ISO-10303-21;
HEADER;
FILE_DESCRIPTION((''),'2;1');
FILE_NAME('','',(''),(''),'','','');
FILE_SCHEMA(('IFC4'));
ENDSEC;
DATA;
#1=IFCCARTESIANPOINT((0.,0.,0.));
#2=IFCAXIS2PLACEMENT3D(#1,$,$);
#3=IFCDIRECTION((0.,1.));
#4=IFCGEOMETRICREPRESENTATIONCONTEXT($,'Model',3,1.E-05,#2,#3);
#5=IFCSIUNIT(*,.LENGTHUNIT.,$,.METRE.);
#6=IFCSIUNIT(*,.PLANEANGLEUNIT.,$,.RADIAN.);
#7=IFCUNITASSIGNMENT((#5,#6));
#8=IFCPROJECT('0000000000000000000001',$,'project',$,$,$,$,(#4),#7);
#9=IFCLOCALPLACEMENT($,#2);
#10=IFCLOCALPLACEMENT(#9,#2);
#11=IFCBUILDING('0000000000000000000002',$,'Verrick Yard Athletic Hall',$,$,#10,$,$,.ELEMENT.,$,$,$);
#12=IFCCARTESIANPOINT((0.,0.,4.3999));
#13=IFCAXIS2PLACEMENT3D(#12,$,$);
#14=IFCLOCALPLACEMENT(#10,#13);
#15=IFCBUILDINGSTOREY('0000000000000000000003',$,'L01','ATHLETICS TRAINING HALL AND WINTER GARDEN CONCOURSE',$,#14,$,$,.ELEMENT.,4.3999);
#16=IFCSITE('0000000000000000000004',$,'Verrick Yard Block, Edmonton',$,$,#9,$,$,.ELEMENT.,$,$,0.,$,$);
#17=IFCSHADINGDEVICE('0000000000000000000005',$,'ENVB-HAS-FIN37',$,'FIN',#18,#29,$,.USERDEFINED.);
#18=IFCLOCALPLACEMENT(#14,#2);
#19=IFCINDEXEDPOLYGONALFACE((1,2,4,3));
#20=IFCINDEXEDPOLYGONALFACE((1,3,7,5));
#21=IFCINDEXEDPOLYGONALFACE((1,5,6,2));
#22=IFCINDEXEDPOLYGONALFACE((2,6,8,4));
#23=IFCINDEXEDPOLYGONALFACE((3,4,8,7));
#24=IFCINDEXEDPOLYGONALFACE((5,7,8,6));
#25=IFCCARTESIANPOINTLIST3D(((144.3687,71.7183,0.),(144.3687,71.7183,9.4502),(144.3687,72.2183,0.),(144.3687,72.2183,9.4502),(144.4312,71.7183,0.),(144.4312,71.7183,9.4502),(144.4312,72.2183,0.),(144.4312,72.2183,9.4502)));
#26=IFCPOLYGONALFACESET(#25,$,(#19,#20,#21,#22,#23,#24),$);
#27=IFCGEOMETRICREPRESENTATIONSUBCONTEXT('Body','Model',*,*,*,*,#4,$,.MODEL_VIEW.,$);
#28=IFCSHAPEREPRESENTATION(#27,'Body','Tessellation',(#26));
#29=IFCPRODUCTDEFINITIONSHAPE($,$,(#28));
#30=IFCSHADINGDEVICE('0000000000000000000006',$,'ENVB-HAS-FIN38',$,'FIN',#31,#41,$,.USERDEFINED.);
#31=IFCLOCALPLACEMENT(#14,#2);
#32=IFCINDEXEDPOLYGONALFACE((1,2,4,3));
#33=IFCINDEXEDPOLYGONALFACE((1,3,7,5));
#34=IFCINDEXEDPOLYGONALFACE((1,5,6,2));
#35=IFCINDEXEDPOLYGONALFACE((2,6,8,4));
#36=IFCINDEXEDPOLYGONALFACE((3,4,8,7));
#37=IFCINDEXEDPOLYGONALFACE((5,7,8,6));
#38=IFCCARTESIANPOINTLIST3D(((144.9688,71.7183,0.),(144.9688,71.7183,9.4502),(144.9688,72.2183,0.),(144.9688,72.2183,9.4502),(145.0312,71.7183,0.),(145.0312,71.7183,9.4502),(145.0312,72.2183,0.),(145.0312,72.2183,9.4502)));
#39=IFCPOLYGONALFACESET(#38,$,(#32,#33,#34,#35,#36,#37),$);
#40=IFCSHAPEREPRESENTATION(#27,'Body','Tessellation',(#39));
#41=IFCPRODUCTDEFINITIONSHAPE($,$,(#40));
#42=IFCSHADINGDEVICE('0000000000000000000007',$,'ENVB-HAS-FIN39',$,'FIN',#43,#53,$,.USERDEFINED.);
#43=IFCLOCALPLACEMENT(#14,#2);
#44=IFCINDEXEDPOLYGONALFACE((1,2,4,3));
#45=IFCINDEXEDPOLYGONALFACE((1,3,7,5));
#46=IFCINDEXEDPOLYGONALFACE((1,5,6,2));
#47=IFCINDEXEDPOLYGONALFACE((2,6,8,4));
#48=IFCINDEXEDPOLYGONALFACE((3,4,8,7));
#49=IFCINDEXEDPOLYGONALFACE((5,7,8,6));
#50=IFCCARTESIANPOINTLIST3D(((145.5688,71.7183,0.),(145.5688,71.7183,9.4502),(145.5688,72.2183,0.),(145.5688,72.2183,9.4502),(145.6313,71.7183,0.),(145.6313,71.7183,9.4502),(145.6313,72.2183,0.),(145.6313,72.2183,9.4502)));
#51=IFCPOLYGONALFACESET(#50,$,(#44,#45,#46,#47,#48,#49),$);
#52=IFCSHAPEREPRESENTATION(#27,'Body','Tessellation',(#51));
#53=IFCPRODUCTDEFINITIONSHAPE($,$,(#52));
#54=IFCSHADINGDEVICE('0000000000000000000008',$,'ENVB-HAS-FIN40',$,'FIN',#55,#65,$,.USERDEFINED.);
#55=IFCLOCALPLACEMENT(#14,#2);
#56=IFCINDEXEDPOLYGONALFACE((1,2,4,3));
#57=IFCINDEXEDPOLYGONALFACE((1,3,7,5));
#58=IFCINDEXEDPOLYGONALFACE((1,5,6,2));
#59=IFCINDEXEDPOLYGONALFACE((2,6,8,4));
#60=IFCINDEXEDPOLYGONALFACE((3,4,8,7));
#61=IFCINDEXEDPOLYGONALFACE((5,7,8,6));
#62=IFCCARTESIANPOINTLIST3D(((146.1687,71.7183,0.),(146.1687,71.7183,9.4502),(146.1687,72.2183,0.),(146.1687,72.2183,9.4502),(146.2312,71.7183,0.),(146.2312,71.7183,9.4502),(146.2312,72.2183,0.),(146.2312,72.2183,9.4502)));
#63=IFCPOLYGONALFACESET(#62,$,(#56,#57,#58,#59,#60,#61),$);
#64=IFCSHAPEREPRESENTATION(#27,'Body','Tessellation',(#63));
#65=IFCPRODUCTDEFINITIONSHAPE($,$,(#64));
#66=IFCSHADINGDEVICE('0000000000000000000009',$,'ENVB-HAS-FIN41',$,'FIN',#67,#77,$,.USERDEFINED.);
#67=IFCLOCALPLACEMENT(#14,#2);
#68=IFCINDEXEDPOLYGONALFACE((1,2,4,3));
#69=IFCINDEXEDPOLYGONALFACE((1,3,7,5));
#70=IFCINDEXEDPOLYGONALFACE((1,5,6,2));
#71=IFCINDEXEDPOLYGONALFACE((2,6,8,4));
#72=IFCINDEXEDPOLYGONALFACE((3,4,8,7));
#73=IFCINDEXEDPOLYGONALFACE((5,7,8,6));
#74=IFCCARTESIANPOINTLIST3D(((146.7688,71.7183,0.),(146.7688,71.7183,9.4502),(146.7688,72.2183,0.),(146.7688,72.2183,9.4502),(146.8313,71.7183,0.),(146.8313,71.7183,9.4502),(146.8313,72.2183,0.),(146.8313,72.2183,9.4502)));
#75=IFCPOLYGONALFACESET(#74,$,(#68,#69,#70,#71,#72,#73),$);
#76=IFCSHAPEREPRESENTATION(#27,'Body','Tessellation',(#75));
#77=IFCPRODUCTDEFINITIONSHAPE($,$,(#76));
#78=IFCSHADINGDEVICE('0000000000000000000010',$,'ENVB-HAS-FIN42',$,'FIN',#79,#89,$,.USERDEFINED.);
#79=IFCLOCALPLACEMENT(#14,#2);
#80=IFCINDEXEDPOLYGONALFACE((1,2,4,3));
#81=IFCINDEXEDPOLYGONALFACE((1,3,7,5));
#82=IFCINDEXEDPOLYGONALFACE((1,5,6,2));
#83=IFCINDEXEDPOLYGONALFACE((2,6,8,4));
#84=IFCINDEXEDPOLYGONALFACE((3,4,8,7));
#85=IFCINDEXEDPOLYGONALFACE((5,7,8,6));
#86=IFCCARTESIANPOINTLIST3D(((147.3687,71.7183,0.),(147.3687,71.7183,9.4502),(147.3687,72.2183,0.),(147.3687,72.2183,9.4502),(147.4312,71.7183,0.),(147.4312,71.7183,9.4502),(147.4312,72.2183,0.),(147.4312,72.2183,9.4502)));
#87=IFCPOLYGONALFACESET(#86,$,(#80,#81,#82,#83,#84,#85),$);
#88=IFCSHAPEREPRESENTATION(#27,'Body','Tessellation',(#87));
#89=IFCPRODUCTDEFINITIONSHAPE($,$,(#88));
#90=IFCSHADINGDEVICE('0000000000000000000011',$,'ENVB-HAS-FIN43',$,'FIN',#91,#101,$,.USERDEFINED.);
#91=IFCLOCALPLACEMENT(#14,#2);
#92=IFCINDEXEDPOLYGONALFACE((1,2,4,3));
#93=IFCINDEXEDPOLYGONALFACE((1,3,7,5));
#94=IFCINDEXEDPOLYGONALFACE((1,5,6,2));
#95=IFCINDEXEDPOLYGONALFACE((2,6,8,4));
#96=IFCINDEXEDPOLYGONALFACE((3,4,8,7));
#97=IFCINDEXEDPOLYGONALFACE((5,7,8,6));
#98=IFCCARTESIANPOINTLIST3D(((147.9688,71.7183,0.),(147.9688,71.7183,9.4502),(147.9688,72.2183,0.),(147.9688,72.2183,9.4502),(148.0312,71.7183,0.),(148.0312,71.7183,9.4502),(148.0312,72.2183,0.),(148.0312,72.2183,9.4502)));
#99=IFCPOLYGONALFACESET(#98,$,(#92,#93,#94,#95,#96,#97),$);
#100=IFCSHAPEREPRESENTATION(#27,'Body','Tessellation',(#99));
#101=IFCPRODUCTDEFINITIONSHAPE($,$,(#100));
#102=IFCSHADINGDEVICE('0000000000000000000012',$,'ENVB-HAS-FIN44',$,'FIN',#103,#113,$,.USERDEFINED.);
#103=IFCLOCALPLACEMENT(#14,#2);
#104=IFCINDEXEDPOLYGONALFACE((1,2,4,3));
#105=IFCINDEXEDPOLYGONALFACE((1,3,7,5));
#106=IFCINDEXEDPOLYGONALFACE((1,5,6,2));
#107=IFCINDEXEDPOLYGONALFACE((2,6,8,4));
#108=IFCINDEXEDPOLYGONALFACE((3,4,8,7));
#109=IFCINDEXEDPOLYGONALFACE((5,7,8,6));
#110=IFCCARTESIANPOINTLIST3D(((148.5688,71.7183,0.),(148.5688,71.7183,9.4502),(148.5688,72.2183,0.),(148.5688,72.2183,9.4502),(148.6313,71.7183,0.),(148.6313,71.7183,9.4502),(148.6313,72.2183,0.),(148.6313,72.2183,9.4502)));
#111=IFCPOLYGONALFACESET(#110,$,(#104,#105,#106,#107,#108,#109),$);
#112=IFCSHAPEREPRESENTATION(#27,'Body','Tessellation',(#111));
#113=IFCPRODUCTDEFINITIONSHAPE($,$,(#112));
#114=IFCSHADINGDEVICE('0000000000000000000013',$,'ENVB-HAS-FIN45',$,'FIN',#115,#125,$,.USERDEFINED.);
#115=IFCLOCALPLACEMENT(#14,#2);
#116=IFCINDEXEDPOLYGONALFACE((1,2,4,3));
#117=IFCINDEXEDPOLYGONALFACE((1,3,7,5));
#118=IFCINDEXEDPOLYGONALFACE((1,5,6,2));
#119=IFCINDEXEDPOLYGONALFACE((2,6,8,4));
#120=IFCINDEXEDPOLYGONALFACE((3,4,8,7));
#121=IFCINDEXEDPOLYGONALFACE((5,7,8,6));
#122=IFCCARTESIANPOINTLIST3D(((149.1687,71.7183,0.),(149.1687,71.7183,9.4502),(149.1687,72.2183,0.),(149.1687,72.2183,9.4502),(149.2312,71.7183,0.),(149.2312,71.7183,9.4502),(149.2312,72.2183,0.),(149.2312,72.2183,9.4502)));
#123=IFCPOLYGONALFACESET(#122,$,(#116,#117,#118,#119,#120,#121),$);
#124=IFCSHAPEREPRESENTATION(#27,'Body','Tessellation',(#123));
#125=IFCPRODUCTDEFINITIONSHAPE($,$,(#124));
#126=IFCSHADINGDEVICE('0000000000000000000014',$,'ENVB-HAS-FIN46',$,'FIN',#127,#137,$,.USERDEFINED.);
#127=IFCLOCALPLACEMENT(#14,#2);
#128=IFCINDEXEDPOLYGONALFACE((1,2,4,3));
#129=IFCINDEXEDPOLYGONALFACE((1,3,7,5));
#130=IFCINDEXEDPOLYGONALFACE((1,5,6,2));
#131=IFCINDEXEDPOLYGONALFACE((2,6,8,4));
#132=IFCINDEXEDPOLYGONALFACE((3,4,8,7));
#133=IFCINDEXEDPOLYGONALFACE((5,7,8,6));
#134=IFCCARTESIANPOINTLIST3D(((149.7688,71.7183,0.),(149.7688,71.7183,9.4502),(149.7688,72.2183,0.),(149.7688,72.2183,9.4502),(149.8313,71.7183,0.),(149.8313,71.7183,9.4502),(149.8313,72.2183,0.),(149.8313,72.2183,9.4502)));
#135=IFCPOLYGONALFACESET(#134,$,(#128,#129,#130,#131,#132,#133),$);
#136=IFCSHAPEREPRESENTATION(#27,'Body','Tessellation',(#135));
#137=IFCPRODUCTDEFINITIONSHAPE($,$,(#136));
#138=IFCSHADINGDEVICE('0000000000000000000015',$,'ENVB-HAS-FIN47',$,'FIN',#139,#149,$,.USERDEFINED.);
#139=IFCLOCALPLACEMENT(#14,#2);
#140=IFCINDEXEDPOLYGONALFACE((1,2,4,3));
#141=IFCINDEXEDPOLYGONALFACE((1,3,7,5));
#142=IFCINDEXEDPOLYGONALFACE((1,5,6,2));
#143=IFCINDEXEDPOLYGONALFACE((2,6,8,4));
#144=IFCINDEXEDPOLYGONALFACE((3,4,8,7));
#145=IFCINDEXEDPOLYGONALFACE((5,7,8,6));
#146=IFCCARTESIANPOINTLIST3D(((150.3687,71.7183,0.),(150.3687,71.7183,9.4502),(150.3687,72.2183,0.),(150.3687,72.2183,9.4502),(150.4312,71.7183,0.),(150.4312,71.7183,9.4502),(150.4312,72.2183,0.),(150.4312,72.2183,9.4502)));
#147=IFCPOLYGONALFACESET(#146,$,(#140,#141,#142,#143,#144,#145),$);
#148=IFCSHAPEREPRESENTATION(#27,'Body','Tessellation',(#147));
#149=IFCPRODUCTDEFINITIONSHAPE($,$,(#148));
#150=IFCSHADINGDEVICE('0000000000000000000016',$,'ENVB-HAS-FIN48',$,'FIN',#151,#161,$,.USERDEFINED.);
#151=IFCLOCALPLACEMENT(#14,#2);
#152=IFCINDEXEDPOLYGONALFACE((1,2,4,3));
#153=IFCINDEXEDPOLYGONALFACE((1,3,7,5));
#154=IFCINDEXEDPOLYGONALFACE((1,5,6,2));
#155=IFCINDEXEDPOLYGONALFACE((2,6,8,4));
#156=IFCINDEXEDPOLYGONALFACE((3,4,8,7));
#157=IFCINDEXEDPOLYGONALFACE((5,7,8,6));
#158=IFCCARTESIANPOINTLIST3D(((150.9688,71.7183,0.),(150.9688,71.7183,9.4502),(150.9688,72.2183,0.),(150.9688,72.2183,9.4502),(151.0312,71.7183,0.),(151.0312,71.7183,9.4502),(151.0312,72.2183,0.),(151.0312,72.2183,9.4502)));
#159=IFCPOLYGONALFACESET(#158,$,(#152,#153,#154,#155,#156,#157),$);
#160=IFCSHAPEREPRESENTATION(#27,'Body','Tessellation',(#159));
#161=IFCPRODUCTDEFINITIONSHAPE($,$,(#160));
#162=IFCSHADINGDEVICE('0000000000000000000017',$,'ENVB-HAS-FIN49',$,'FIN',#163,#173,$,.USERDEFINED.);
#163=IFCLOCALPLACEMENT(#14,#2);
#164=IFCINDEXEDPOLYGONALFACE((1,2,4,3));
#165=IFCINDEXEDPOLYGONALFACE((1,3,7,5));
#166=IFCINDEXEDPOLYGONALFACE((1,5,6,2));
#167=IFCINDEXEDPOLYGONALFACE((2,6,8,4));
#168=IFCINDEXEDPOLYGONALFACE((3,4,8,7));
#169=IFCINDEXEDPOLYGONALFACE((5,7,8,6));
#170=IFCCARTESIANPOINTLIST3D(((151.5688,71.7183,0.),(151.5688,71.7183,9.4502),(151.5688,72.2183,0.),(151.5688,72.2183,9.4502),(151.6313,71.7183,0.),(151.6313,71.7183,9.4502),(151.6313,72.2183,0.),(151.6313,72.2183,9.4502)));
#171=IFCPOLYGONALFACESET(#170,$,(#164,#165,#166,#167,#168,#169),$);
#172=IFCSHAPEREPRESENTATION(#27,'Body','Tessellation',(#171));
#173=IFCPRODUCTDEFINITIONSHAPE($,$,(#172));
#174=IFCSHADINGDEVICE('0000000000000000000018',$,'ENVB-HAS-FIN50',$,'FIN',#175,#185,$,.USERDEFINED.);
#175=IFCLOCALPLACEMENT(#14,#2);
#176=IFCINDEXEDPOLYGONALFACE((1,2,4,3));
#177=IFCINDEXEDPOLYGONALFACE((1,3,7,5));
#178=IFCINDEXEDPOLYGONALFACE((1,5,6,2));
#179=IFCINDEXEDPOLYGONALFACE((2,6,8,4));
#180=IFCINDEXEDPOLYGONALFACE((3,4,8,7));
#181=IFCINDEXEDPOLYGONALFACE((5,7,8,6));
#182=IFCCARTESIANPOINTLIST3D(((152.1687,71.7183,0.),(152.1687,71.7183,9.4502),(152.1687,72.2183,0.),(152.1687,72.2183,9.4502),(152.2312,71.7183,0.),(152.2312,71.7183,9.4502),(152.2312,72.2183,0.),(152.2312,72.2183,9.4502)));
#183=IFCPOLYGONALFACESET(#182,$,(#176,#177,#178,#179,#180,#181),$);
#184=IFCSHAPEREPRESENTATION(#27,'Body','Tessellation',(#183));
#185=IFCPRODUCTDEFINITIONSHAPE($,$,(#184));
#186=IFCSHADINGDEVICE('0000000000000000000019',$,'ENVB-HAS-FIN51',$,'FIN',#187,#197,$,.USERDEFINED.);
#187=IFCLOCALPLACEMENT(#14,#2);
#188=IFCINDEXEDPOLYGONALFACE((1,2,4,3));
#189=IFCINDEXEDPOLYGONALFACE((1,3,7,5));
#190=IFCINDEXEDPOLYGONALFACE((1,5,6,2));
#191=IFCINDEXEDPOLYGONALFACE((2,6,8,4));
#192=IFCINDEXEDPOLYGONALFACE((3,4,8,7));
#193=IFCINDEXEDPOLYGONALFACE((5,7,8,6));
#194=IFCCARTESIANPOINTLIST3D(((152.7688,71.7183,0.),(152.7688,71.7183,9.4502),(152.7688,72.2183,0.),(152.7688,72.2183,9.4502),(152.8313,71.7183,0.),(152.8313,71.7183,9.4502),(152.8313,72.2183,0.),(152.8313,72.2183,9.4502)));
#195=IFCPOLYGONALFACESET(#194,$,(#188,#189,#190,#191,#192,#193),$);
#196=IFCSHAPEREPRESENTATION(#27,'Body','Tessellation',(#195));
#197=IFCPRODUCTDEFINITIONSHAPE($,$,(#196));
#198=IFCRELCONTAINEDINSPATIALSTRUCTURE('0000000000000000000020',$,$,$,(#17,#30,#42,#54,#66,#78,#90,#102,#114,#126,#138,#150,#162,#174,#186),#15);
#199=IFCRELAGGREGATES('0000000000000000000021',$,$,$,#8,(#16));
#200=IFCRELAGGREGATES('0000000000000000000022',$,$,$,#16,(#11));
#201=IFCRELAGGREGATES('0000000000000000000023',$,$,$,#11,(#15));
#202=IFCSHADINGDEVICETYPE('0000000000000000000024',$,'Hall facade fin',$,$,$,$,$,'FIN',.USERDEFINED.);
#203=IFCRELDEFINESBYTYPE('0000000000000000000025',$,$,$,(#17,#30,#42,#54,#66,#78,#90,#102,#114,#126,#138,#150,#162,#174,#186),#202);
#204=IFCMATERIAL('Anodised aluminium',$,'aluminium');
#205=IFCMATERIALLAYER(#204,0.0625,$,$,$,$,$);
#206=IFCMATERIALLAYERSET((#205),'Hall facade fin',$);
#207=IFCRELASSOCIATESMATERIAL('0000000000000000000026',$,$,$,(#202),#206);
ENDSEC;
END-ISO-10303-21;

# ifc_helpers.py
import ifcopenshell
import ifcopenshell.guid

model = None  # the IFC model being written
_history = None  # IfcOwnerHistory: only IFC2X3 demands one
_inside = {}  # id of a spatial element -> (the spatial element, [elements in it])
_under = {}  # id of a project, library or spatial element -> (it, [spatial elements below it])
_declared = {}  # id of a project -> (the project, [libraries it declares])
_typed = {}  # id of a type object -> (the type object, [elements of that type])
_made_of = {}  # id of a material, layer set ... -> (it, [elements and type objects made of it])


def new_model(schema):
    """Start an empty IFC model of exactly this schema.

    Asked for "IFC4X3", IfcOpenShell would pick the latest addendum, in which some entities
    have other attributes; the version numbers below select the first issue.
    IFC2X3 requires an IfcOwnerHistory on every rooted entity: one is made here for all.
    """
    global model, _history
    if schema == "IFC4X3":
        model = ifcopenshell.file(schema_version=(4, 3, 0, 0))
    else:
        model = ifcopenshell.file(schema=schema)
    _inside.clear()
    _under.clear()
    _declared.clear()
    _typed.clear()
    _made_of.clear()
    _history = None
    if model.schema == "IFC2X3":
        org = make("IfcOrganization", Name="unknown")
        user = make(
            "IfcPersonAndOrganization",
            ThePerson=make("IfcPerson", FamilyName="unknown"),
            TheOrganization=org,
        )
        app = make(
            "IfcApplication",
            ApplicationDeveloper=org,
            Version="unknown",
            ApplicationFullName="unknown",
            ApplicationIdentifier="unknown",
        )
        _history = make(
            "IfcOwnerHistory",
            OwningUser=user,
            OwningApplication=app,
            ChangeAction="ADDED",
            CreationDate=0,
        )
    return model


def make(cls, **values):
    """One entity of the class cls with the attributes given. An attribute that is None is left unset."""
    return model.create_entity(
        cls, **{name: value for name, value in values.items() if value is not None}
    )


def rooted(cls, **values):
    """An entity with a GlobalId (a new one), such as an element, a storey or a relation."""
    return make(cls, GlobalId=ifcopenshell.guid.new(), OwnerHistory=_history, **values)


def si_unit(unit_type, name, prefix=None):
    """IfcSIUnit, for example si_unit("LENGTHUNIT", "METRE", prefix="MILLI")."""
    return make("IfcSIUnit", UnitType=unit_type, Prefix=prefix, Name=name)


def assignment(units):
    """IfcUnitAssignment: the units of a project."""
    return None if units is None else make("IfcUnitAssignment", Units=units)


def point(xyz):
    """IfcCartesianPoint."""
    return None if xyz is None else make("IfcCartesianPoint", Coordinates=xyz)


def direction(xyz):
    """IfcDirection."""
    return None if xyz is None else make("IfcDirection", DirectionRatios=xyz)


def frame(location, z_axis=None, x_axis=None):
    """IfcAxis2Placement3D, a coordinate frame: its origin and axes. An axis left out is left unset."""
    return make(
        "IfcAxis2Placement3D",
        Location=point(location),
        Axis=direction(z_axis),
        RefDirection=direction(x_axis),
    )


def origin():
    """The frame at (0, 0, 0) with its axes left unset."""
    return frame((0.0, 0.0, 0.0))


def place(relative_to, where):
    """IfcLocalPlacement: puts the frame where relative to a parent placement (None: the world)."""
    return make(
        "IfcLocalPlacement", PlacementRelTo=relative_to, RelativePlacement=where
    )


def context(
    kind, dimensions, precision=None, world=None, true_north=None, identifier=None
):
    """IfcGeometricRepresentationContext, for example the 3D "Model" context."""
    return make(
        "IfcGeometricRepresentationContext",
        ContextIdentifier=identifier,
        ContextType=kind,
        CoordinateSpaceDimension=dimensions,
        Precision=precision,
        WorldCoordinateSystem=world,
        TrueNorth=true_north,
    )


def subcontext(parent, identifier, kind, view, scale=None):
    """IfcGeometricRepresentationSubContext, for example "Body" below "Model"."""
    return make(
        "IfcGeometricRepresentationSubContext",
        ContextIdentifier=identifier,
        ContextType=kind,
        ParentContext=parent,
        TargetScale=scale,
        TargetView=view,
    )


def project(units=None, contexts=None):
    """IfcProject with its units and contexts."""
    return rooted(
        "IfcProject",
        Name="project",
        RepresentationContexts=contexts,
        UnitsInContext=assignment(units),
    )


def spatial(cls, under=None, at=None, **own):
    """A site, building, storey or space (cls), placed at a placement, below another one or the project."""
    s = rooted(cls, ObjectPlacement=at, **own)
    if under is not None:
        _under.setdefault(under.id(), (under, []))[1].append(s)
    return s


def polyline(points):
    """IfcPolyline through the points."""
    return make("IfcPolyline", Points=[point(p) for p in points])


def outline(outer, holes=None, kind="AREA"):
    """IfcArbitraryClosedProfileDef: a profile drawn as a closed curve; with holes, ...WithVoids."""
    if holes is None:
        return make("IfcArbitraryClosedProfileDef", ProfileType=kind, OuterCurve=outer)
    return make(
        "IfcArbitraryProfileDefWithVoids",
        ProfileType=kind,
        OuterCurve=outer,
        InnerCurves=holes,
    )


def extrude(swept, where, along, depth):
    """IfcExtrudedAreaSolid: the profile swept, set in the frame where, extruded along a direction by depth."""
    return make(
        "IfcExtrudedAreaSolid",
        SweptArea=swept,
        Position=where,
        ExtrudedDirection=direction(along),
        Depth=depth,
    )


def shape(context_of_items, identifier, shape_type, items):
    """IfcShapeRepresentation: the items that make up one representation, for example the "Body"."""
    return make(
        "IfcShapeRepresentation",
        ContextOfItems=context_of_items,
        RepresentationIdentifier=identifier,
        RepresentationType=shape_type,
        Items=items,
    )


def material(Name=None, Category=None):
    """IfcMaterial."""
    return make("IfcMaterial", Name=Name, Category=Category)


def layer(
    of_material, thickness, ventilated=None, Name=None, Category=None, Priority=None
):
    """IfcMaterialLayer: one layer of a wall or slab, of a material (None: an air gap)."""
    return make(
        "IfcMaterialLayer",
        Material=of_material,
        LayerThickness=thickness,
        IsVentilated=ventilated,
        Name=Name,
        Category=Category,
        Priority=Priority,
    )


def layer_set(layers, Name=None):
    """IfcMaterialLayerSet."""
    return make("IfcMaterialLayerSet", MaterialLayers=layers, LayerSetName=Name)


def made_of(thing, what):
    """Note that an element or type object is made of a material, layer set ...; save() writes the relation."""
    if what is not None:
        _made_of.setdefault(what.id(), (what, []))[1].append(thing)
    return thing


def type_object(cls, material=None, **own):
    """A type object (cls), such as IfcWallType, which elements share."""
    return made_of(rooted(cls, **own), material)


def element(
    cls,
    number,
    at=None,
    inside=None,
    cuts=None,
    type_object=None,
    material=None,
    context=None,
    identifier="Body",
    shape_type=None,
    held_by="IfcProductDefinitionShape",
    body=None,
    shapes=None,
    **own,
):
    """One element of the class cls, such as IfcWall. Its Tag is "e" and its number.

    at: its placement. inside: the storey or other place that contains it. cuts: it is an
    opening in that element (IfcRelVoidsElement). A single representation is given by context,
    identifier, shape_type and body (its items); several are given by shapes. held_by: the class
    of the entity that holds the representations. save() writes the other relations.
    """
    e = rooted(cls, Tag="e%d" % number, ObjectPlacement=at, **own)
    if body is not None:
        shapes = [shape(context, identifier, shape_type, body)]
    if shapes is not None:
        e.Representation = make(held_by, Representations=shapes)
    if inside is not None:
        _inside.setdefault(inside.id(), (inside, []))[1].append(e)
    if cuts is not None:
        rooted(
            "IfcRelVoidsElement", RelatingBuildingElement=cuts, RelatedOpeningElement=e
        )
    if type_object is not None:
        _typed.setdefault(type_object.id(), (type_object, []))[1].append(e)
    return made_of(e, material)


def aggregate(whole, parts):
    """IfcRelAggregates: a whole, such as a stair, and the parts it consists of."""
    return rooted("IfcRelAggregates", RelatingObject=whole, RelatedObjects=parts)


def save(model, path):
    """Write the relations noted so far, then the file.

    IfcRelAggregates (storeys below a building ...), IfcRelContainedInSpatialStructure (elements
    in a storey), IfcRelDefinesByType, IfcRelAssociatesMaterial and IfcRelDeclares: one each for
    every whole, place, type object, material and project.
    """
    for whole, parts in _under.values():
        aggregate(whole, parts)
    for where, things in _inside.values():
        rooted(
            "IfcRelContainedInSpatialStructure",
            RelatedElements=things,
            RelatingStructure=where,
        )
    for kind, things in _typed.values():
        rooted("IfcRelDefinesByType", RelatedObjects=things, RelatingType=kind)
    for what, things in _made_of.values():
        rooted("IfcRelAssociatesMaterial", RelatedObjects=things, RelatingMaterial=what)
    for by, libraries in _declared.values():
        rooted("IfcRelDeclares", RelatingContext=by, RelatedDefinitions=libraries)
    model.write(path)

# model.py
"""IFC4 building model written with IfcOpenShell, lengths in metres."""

from ifc_helpers import new_model, si_unit, direction, frame, origin, place, context, subcontext, project, spatial, polyline, outline, extrude, material, layer, layer_set, type_object, element, save


model = new_model("IFC4")

# Units and contexts
model_context = context("Model", 3, precision=1e-05, world=origin(), true_north=direction((0.0, 1.0)))
body_context = subcontext(model_context, "Body", "Model", "MODEL_VIEW")
ifc_project = project(units=[si_unit("LENGTHUNIT", "METRE"), si_unit("PLANEANGLEUNIT", "RADIAN")], contexts=[model_context])

# Site, building, storey
site_placement = place(None, origin())
site = spatial("IfcSite", under=ifc_project, at=site_placement, Name="Verrick Yard Block, Edmonton", CompositionType="ELEMENT", RefElevation=0.0)
building_placement = place(site_placement, origin())
building = spatial("IfcBuilding", under=site, at=building_placement, Name="Verrick Yard Athletic Hall", CompositionType="ELEMENT")
storey_placement = place(building_placement, frame((0.0, 0.0, 4.3999)))
storey = spatial("IfcBuildingStorey", under=building, at=storey_placement, Name="L01", Description="ATHLETICS TRAINING HALL AND WINTER GARDEN CONCOURSE", CompositionType="ELEMENT", Elevation=4.3999)

# Shading devices
ifc_material = material(Name="Anodised aluminium", Category="aluminium")
ifc_layer_1 = layer(ifc_material, 0.0625)
ifc_layer_set_1 = layer_set([ifc_layer_1], Name="Hall facade fin")
shading_device_type_1 = type_object("IfcShadingDeviceType", Name="Hall facade fin", ElementType="FIN", PredefinedType="USERDEFINED", material=ifc_layer_set_1)
for number, where, z_axis, x_axis, name in (
    (1, (144.3999, 71.7183, 0.0), (0.0, 0.0, 1.0), (0.0, 1.0, 0.0), "ENVB-HAS-FIN37"),
    (2, (145.0, 71.7183, 0.0), (0.0, 0.0, 1.0), (0.0, 1.0, 0.0), "ENVB-HAS-FIN38"),
    (3, (145.6001, 71.7183, 0.0), (0.0, 0.0, 1.0), (0.0, 1.0, 0.0), "ENVB-HAS-FIN39"),
    (4, (146.2, 71.7183, 0.0), (0.0, 0.0, 1.0), (0.0, 1.0, 0.0), "ENVB-HAS-FIN40"),
    (5, (146.8, 71.7183, 0.0), (0.0, 0.0, 1.0), (0.0, 1.0, 0.0), "ENVB-HAS-FIN41"),
    (6, (147.3999, 71.7183, 0.0), (0.0, 0.0, 1.0), (0.0, 1.0, 0.0), "ENVB-HAS-FIN42"),
    (7, (148.0, 71.7183, 0.0), (0.0, 0.0, 1.0), (0.0, 1.0, 0.0), "ENVB-HAS-FIN43"),
    (8, (148.6001, 71.7183, 0.0), (0.0, 0.0, 1.0), (0.0, 1.0, 0.0), "ENVB-HAS-FIN44"),
    (9, (149.2, 71.7183, 0.0), (0.0, 0.0, 1.0), (0.0, 1.0, 0.0), "ENVB-HAS-FIN45"),
    (10, (149.8, 71.7183, 0.0), (0.0, 0.0, 1.0), (0.0, 1.0, 0.0), "ENVB-HAS-FIN46"),
    (11, (150.3999, 71.7183, 0.0), (0.0, 0.0, 1.0), (0.0, 1.0, 0.0), "ENVB-HAS-FIN47"),
    (12, (151.0, 71.7183, 0.0), (0.0, 0.0, 1.0), (0.0, 1.0, 0.0), "ENVB-HAS-FIN48"),
    (13, (151.6001, 71.7183, 0.0), (0.0, 0.0, 1.0), (0.0, 1.0, 0.0), "ENVB-HAS-FIN49"),
    (14, (152.2, 71.7183, 0.0), (0.0, 0.0, 1.0), (0.0, 1.0, 0.0), "ENVB-HAS-FIN50"),
    (15, (152.8, 71.7183, 0.0), (0.0, 0.0, 1.0), (0.0, 1.0, 0.0), "ENVB-HAS-FIN51"),
):
    element("IfcShadingDevice", number, at=place(storey_placement, frame(where, z_axis=z_axis, x_axis=x_axis)), inside=storey, type_object=shading_device_type_1, Name=name, ObjectType="FIN", PredefinedType="USERDEFINED", context=body_context, shape_type="SweptSolid", body=[
        extrude(outline(polyline([(0.0, 0.0), (0.5, 0.0), (0.5, 9.4502), (0.0, 9.4502), (0.0, 0.0)])), frame((0.0, 0.0312, 0.0), z_axis=(0.0, -1.0, 0.0), x_axis=(1.0, 0.0, 0.0)), (0.0, 0.0, 1.0), 0.0625),
    ])

save(model, "model.ifc")
